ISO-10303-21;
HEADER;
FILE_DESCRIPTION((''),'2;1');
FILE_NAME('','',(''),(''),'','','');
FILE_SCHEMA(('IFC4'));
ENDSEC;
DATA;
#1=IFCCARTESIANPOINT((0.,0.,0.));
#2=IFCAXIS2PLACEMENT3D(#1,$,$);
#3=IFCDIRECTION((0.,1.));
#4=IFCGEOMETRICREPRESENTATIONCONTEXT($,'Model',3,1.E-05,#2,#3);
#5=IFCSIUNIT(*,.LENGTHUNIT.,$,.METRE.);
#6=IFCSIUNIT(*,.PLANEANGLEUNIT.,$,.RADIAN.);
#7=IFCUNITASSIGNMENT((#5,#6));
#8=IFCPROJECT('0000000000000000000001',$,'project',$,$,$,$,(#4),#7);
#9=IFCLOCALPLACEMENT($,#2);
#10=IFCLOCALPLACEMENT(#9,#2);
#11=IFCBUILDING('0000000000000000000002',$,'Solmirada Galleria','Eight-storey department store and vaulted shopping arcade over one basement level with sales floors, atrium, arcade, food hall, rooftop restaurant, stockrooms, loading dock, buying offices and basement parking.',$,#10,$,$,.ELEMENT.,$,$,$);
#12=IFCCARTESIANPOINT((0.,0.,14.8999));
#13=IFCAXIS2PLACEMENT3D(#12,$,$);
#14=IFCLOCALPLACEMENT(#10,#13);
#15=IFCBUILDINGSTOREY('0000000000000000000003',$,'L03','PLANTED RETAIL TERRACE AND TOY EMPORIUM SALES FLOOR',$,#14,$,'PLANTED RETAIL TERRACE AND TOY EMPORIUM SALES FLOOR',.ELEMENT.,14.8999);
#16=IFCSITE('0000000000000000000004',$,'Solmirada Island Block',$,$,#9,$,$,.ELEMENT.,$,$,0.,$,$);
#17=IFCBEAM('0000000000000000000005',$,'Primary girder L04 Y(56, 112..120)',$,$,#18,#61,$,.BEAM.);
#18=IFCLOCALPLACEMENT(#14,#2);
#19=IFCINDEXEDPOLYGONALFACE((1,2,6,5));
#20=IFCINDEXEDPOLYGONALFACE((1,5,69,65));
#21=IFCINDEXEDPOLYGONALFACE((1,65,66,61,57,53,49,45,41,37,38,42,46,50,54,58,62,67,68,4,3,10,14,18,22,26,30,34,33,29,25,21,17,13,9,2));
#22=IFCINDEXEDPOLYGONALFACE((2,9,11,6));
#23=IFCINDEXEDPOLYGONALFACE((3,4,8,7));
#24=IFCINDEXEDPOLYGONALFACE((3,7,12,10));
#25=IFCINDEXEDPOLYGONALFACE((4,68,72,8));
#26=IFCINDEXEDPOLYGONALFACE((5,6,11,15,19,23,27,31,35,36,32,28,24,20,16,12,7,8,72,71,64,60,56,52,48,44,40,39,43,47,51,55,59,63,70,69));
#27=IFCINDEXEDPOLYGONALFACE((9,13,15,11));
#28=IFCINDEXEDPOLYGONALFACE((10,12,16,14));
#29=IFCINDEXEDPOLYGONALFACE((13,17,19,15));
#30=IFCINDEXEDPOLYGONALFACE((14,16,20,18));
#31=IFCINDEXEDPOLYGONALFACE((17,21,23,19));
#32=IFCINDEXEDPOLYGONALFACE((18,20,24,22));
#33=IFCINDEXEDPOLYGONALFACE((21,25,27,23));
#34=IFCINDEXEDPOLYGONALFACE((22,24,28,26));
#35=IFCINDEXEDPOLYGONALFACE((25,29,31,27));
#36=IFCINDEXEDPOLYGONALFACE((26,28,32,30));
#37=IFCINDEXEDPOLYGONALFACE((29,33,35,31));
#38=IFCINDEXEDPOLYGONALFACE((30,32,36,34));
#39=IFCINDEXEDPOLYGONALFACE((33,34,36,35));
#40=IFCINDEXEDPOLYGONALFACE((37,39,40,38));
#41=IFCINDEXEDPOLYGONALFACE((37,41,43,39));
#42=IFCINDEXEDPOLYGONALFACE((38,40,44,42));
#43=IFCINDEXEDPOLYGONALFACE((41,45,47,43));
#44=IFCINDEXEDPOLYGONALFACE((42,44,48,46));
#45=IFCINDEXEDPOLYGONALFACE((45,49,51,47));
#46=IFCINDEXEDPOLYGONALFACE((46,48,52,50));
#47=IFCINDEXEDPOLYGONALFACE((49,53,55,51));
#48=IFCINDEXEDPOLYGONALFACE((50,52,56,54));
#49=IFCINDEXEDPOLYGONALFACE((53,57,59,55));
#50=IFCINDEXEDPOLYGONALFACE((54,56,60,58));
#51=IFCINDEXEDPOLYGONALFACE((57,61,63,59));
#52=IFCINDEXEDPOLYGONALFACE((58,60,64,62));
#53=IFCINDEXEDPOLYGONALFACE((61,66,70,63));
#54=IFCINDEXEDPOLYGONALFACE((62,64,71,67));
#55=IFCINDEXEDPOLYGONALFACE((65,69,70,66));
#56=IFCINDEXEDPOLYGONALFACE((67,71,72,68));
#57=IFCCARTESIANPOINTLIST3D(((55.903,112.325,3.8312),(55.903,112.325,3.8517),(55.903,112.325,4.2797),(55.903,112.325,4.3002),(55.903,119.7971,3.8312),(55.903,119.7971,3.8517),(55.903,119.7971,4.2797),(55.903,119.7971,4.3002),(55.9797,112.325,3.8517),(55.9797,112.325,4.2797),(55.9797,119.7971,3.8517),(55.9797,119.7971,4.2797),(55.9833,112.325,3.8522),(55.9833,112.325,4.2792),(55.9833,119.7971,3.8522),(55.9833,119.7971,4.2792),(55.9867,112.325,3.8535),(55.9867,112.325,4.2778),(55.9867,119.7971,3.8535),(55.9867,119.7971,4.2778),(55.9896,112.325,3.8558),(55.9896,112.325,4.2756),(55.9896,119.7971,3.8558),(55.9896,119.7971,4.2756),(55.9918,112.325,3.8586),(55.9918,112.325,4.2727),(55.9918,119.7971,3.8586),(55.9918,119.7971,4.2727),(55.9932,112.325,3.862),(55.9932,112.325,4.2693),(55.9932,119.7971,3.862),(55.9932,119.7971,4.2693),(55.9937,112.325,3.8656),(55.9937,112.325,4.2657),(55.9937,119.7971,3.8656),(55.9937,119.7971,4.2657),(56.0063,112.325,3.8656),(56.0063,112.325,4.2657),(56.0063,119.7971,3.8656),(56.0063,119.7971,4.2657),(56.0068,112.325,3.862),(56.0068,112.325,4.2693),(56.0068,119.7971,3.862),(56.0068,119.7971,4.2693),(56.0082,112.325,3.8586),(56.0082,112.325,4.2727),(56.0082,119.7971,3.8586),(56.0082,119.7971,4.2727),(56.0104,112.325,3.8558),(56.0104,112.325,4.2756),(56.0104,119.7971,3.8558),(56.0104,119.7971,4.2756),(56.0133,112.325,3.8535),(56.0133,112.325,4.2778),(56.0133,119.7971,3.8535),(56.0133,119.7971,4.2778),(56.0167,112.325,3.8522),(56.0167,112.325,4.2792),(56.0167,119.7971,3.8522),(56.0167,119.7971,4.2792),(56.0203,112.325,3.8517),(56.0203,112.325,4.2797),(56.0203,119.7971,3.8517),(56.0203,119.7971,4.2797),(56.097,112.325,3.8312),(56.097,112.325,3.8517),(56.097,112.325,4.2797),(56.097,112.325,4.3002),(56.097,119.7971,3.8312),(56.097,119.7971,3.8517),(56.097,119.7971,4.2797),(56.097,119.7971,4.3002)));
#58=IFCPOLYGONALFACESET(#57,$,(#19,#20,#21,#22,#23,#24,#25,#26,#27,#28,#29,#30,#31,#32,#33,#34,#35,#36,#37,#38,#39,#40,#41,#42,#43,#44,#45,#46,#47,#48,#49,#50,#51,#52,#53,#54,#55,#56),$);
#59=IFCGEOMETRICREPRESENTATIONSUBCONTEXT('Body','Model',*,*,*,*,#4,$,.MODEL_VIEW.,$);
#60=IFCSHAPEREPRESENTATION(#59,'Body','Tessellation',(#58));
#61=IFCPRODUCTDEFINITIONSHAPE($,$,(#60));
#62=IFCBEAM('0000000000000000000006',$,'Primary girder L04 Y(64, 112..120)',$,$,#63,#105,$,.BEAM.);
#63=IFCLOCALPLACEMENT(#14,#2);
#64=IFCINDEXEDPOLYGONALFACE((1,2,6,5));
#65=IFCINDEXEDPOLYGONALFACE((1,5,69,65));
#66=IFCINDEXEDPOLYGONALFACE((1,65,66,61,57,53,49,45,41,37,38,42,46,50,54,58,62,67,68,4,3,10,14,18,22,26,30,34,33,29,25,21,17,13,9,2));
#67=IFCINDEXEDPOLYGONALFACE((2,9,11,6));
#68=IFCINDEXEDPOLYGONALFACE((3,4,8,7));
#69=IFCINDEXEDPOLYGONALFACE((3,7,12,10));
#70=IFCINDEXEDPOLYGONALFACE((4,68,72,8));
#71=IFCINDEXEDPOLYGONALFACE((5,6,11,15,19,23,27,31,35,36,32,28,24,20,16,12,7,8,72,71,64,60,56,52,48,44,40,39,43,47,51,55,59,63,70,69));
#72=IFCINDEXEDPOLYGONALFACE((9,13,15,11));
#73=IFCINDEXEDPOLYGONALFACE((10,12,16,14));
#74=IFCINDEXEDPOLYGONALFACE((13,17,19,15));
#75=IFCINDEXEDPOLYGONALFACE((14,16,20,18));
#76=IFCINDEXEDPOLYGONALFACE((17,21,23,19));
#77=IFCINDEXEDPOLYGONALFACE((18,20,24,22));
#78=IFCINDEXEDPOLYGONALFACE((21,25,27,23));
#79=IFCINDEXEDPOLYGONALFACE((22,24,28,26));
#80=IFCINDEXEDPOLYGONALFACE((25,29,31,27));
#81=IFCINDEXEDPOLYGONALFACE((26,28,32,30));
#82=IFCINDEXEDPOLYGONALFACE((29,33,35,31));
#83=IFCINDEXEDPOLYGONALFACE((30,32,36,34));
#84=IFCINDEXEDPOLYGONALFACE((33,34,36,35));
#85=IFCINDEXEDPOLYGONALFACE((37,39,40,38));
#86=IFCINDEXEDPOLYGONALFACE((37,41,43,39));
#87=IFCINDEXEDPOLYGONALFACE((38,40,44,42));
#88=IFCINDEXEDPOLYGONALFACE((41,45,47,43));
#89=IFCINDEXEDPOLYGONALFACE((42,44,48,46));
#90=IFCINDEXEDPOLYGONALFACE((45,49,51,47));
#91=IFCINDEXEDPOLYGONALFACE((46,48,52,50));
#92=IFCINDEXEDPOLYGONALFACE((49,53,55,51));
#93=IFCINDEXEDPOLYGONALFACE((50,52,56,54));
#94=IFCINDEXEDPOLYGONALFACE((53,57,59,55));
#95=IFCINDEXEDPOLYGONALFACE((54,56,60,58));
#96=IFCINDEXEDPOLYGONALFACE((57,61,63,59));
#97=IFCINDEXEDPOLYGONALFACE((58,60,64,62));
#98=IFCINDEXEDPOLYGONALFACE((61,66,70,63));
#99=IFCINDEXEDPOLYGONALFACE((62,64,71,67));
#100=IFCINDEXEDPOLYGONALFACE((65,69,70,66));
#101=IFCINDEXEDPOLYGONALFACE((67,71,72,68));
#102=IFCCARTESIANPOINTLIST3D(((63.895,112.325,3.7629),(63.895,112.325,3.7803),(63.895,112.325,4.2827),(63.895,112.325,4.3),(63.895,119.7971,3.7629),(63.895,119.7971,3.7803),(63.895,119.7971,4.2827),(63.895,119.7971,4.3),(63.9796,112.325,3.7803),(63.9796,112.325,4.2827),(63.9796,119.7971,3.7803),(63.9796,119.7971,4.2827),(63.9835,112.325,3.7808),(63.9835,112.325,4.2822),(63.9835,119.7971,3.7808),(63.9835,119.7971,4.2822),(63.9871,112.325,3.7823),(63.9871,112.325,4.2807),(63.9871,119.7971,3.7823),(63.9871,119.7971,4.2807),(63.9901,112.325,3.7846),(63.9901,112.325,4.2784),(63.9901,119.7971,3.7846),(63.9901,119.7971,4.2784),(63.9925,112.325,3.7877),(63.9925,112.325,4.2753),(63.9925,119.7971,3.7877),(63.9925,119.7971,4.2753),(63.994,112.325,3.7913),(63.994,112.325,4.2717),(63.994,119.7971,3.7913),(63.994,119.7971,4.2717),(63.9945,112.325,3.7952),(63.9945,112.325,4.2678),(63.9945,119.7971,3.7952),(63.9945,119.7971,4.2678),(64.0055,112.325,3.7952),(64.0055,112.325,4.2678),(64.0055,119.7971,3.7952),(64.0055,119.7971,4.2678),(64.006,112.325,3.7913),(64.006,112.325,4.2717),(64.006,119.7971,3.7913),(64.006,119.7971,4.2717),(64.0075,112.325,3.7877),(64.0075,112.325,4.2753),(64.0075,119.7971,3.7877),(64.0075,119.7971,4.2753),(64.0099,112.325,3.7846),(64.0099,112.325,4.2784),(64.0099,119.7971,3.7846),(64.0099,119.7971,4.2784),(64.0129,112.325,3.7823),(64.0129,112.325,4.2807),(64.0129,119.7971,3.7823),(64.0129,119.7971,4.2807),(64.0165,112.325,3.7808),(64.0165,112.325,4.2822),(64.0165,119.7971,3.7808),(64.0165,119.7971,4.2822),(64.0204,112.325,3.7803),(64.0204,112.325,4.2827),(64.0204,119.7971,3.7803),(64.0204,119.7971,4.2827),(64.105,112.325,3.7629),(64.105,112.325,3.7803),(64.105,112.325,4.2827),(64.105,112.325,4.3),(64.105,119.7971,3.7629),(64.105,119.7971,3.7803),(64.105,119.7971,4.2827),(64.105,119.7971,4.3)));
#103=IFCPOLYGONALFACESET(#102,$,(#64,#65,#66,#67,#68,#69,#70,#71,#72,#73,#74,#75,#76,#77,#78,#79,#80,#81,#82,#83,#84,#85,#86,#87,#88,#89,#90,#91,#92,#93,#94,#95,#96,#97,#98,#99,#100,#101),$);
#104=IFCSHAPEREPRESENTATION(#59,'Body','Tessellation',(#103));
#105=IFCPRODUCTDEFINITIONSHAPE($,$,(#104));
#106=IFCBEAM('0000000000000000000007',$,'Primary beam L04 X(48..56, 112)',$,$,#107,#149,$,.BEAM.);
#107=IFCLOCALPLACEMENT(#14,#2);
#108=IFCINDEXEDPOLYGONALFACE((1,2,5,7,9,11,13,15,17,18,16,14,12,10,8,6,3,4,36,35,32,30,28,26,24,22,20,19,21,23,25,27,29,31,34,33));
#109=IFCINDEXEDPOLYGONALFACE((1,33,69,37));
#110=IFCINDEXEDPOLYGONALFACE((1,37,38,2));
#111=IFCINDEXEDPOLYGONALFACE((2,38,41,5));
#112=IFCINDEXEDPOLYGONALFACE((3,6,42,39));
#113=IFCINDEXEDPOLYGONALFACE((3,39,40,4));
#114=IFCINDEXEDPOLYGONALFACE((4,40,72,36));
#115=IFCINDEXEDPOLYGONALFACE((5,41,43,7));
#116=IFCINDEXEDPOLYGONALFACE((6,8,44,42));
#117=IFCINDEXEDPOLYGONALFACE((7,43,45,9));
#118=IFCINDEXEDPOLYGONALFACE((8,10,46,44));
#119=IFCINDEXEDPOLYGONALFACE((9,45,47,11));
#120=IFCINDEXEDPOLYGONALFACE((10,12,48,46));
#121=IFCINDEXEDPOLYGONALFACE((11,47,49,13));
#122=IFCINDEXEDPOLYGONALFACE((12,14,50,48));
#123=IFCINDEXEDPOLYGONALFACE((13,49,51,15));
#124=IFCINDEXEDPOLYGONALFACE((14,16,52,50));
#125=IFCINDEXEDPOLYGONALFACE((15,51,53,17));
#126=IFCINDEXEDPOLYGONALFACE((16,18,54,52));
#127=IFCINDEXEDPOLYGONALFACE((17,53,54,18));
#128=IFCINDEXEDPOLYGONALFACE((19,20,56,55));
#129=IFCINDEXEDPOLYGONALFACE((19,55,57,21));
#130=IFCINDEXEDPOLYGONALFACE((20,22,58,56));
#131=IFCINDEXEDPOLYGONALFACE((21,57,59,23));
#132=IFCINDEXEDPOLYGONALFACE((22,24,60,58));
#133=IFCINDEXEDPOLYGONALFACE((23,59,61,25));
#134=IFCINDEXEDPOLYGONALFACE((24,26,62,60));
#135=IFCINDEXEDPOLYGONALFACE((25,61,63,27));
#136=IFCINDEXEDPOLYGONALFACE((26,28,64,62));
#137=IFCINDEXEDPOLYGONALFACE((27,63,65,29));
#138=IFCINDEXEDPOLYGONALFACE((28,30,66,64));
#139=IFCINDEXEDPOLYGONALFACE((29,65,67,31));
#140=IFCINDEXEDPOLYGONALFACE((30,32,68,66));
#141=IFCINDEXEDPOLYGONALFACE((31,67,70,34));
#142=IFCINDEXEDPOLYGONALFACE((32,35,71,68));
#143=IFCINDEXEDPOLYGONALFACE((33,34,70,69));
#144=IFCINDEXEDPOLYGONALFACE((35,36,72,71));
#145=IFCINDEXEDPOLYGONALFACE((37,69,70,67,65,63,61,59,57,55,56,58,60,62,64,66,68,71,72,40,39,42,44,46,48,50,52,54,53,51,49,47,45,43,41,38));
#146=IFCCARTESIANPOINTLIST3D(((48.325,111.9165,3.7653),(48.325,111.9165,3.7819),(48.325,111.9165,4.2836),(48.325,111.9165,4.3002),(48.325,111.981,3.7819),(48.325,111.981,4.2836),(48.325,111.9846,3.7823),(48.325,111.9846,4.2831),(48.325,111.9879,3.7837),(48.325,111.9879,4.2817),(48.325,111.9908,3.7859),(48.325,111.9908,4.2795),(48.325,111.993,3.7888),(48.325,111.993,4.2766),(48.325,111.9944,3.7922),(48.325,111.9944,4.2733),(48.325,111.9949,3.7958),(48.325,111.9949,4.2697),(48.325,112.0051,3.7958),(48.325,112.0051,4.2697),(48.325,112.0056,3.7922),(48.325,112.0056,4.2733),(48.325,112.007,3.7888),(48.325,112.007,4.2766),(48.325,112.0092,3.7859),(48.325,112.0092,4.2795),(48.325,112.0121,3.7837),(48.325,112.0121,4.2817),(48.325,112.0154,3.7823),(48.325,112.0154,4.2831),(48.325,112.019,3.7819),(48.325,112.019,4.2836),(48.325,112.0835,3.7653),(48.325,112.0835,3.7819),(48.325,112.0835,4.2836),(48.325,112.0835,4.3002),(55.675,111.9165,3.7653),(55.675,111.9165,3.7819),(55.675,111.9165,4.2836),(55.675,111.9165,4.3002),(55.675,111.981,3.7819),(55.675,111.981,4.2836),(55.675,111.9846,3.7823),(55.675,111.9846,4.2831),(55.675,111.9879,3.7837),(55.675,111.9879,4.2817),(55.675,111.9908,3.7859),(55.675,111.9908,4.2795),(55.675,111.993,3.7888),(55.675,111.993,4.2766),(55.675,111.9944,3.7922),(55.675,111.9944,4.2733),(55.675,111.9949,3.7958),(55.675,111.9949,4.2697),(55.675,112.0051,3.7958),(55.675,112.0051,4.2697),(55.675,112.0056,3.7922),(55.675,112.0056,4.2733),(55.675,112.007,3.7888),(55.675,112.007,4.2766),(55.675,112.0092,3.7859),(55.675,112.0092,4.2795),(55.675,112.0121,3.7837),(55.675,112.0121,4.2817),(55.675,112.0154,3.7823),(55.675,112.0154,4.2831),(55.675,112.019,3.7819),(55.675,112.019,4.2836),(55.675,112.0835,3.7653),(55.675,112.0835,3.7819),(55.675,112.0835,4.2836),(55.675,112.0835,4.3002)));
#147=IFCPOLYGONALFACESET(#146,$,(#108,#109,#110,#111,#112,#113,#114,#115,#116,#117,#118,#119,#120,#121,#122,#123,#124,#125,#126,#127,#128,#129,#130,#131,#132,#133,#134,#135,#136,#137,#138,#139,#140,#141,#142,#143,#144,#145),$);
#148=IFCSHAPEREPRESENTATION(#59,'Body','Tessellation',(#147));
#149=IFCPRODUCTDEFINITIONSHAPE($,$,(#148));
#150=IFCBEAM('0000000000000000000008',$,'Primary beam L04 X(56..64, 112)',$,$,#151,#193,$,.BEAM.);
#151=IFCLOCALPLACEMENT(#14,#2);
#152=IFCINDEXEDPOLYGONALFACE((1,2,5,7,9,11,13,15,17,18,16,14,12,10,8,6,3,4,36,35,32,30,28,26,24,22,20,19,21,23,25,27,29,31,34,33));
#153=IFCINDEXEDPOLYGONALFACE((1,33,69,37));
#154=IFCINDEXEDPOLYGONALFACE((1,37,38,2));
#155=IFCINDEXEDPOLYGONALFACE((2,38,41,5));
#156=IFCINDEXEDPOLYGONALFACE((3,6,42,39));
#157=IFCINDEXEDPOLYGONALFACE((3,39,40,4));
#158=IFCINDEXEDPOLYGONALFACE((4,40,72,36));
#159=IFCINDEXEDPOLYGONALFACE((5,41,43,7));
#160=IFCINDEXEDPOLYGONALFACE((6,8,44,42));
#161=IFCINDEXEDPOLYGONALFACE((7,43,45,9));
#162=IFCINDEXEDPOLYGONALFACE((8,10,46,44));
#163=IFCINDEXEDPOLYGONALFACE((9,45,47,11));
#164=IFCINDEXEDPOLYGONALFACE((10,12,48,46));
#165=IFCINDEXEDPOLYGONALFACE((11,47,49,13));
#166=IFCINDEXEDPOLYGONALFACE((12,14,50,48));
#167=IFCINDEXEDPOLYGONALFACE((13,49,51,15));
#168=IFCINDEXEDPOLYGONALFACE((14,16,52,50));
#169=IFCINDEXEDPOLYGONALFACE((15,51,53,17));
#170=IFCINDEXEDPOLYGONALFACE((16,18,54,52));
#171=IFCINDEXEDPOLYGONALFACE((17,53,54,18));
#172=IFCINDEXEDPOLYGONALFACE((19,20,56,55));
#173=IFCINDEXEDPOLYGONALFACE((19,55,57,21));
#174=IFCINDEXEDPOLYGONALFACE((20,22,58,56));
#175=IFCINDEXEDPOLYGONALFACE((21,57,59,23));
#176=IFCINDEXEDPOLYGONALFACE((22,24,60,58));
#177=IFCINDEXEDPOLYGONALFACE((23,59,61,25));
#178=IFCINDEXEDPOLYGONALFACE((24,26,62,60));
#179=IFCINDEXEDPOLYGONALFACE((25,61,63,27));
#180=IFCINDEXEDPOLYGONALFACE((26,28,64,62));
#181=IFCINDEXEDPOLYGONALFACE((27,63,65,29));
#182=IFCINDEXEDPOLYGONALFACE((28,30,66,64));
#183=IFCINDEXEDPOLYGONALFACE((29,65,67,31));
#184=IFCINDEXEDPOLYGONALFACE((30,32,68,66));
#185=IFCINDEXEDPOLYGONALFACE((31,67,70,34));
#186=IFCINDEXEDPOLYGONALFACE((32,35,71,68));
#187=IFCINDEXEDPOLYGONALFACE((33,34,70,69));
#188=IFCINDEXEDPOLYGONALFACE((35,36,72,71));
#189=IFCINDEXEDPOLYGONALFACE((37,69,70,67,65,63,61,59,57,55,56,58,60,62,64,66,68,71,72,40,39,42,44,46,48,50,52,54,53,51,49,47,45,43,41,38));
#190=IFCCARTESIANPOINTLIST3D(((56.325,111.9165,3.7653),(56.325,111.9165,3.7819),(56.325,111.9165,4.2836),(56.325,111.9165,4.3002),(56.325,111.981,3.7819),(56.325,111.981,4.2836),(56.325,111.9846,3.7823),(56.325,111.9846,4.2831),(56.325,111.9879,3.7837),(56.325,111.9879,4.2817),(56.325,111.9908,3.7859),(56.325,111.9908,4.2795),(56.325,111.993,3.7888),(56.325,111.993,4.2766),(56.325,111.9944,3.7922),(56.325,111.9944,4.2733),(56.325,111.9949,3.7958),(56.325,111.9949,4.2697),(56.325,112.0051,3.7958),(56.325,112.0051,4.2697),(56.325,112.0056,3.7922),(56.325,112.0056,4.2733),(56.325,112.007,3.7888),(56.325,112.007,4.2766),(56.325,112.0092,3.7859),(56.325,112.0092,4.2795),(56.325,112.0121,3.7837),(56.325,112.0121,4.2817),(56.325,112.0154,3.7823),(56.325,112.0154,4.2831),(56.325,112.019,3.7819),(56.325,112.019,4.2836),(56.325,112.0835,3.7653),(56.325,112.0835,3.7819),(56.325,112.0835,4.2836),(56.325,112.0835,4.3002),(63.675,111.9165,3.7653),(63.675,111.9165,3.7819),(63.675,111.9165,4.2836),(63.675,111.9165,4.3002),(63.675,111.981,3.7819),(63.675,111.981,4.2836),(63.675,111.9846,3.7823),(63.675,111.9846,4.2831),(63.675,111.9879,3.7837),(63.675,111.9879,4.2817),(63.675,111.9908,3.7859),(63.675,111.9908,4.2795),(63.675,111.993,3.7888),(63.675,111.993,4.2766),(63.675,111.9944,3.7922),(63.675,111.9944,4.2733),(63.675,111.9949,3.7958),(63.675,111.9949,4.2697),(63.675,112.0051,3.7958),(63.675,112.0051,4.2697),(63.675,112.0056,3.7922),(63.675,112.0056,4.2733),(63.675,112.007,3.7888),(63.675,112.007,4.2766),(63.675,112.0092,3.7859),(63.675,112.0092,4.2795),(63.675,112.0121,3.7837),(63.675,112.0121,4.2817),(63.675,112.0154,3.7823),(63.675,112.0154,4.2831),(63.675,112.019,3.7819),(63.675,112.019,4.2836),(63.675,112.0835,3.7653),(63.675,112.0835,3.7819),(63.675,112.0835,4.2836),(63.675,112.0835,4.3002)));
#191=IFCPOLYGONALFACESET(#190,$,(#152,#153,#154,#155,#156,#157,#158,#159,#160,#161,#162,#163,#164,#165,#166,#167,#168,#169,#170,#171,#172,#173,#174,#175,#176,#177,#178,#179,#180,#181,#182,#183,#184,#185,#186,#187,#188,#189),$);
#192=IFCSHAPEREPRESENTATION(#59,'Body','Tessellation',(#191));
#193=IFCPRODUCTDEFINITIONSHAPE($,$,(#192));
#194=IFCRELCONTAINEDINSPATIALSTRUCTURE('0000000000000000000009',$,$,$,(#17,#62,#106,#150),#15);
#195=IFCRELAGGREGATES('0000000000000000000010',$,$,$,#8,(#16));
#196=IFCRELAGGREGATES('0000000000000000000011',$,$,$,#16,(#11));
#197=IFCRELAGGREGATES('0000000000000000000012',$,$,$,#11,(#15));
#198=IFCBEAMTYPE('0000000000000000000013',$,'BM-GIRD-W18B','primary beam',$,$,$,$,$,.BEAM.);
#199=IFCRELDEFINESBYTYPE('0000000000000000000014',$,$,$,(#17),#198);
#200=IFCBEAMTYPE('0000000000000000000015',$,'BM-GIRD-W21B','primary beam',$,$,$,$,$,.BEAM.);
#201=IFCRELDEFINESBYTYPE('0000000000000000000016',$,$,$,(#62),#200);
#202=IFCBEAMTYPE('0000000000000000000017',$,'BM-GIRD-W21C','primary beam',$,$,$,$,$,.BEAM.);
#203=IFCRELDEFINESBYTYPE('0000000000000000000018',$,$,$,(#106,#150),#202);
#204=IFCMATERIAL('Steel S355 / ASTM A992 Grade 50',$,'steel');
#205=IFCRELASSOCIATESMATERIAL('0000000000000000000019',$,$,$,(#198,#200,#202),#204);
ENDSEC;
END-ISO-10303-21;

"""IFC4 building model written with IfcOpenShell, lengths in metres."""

from ifc_helpers import new_model, si_unit, direction, frame, origin, origin_2d, place, context, subcontext, project, spatial, i_section, extrude, material, material_profile, profile_set, type_object, element, save


model = new_model("IFC4")

# Units and contexts
model_context = context("Model", 3, precision=1e-05, world=origin(), true_north=direction((0.0, 1.0)))
body_context = subcontext(model_context, "Body", "Model", "MODEL_VIEW")
ifc_project = project(units=[si_unit("LENGTHUNIT", "METRE"), si_unit("PLANEANGLEUNIT", "RADIAN")], contexts=[model_context])

# Site, building, storey
site_placement = place(None, origin())
site = spatial("IfcSite", under=ifc_project, at=site_placement, Name="Solmirada Island Block", CompositionType="ELEMENT", RefElevation=0.0)
building_placement = place(site_placement, origin())
building = spatial("IfcBuilding", under=site, at=building_placement, Name="Solmirada Galleria", Description="Eight-storey department store and vaulted shopping arcade over one basement level with sales floors, atrium, arcade, food hall, rooftop restaurant, stockrooms, loading dock, buying offices and basement parking.", CompositionType="ELEMENT")
storey_placement = place(building_placement, frame((0.0, 0.0, 14.8999)))
storey = spatial("IfcBuildingStorey", under=building, at=storey_placement, Name="L03", Description="PLANTED RETAIL TERRACE AND TOY EMPORIUM SALES FLOOR", LongName="PLANTED RETAIL TERRACE AND TOY EMPORIUM SALES FLOOR", CompositionType="ELEMENT", Elevation=14.8999)

# Beams
ifc_material_1 = material(Name="Steel S355 / ASTM A992 Grade 50", Category="steel")
ifc_material_profile_1 = material_profile(ifc_material_1, i_section(OverallWidth=0.1941, OverallDepth=0.469, WebThickness=0.0127, FlangeThickness=0.0205, FilletRadius=0.0139, at=origin_2d()), Name="W18X71")
ifc_profile_set_1 = profile_set([ifc_material_profile_1], Name="Steel S355 / ASTM A992 Grade 50")
beam_type_1 = type_object("IfcBeamType", Name="BM-GIRD-W18B", Description="primary beam", PredefinedType="BEAM", material=ifc_profile_set_1)
beam_1_placement = place(storey_placement, frame((56.0, 112.325, 4.0657), z_axis=(0.0, 1.0, 0.0), x_axis=(-1.0, 0.0, 0.0)))
element("IfcBeam", 1, at=beam_1_placement, inside=storey, type_object=beam_type_1, Name="Primary girder L04 Y(56, 112..120)", PredefinedType="BEAM", context=body_context, shape_type="SweptSolid", body=[
    extrude(i_section(OverallWidth=0.1941, OverallDepth=0.469, WebThickness=0.0127, FlangeThickness=0.0205, FilletRadius=0.0139, at=origin_2d()), origin(), (0.0, 0.0, 1.0), 7.4722),
])
ifc_material_profile_2 = material_profile(ifc_material_1, i_section(OverallWidth=0.21, OverallDepth=0.5371, WebThickness=0.011, FlangeThickness=0.0173, FilletRadius=0.0149, at=origin_2d()), Name="W21X68")
ifc_profile_set_2 = profile_set([ifc_material_profile_2], Name="Steel S355 / ASTM A992 Grade 50")
beam_type_2 = type_object("IfcBeamType", Name="BM-GIRD-W21B", Description="primary beam", PredefinedType="BEAM", material=ifc_profile_set_2)
beam_2_placement = place(storey_placement, frame((64.0, 112.325, 4.0315), z_axis=(0.0, 1.0, 0.0), x_axis=(-1.0, 0.0, 0.0)))
element("IfcBeam", 2, at=beam_2_placement, inside=storey, type_object=beam_type_2, Name="Primary girder L04 Y(64, 112..120)", PredefinedType="BEAM", context=body_context, shape_type="SweptSolid", body=[
    extrude(i_section(OverallWidth=0.21, OverallDepth=0.5371, WebThickness=0.011, FlangeThickness=0.0173, FilletRadius=0.0149, at=origin_2d()), origin(), (0.0, 0.0, 1.0), 7.4722),
])
ifc_material_profile_3 = material_profile(ifc_material_1, i_section(OverallWidth=0.167, OverallDepth=0.5349, WebThickness=0.0103, FlangeThickness=0.0166, FilletRadius=0.0139, at=origin_2d()), Name="W21X57")
ifc_profile_set_3 = profile_set([ifc_material_profile_3], Name="Steel S355 / ASTM A992 Grade 50")
beam_type_3 = type_object("IfcBeamType", Name="BM-GIRD-W21C", Description="primary beam", PredefinedType="BEAM", material=ifc_profile_set_3)
for number, where, z_axis, x_axis, name in (
    (3, (48.325, 112.0, 4.0327), (1.0, 0.0, 0.0), (0.0, 1.0, 0.0), "Primary beam L04 X(48..56, 112)"),
    (4, (56.325, 112.0, 4.0327), (1.0, 0.0, 0.0), (0.0, 1.0, 0.0), "Primary beam L04 X(56..64, 112)"),
):
    element("IfcBeam", number, at=place(storey_placement, frame(where, z_axis=z_axis, x_axis=x_axis)), inside=storey, type_object=beam_type_3, Name=name, PredefinedType="BEAM", context=body_context, shape_type="SweptSolid", body=[
        extrude(i_section(OverallWidth=0.167, OverallDepth=0.5349, WebThickness=0.0103, FlangeThickness=0.0166, FilletRadius=0.0139, at=origin_2d()), origin(), (0.0, 0.0, 1.0), 7.3501),
    ])

save(model, "model.ifc")
